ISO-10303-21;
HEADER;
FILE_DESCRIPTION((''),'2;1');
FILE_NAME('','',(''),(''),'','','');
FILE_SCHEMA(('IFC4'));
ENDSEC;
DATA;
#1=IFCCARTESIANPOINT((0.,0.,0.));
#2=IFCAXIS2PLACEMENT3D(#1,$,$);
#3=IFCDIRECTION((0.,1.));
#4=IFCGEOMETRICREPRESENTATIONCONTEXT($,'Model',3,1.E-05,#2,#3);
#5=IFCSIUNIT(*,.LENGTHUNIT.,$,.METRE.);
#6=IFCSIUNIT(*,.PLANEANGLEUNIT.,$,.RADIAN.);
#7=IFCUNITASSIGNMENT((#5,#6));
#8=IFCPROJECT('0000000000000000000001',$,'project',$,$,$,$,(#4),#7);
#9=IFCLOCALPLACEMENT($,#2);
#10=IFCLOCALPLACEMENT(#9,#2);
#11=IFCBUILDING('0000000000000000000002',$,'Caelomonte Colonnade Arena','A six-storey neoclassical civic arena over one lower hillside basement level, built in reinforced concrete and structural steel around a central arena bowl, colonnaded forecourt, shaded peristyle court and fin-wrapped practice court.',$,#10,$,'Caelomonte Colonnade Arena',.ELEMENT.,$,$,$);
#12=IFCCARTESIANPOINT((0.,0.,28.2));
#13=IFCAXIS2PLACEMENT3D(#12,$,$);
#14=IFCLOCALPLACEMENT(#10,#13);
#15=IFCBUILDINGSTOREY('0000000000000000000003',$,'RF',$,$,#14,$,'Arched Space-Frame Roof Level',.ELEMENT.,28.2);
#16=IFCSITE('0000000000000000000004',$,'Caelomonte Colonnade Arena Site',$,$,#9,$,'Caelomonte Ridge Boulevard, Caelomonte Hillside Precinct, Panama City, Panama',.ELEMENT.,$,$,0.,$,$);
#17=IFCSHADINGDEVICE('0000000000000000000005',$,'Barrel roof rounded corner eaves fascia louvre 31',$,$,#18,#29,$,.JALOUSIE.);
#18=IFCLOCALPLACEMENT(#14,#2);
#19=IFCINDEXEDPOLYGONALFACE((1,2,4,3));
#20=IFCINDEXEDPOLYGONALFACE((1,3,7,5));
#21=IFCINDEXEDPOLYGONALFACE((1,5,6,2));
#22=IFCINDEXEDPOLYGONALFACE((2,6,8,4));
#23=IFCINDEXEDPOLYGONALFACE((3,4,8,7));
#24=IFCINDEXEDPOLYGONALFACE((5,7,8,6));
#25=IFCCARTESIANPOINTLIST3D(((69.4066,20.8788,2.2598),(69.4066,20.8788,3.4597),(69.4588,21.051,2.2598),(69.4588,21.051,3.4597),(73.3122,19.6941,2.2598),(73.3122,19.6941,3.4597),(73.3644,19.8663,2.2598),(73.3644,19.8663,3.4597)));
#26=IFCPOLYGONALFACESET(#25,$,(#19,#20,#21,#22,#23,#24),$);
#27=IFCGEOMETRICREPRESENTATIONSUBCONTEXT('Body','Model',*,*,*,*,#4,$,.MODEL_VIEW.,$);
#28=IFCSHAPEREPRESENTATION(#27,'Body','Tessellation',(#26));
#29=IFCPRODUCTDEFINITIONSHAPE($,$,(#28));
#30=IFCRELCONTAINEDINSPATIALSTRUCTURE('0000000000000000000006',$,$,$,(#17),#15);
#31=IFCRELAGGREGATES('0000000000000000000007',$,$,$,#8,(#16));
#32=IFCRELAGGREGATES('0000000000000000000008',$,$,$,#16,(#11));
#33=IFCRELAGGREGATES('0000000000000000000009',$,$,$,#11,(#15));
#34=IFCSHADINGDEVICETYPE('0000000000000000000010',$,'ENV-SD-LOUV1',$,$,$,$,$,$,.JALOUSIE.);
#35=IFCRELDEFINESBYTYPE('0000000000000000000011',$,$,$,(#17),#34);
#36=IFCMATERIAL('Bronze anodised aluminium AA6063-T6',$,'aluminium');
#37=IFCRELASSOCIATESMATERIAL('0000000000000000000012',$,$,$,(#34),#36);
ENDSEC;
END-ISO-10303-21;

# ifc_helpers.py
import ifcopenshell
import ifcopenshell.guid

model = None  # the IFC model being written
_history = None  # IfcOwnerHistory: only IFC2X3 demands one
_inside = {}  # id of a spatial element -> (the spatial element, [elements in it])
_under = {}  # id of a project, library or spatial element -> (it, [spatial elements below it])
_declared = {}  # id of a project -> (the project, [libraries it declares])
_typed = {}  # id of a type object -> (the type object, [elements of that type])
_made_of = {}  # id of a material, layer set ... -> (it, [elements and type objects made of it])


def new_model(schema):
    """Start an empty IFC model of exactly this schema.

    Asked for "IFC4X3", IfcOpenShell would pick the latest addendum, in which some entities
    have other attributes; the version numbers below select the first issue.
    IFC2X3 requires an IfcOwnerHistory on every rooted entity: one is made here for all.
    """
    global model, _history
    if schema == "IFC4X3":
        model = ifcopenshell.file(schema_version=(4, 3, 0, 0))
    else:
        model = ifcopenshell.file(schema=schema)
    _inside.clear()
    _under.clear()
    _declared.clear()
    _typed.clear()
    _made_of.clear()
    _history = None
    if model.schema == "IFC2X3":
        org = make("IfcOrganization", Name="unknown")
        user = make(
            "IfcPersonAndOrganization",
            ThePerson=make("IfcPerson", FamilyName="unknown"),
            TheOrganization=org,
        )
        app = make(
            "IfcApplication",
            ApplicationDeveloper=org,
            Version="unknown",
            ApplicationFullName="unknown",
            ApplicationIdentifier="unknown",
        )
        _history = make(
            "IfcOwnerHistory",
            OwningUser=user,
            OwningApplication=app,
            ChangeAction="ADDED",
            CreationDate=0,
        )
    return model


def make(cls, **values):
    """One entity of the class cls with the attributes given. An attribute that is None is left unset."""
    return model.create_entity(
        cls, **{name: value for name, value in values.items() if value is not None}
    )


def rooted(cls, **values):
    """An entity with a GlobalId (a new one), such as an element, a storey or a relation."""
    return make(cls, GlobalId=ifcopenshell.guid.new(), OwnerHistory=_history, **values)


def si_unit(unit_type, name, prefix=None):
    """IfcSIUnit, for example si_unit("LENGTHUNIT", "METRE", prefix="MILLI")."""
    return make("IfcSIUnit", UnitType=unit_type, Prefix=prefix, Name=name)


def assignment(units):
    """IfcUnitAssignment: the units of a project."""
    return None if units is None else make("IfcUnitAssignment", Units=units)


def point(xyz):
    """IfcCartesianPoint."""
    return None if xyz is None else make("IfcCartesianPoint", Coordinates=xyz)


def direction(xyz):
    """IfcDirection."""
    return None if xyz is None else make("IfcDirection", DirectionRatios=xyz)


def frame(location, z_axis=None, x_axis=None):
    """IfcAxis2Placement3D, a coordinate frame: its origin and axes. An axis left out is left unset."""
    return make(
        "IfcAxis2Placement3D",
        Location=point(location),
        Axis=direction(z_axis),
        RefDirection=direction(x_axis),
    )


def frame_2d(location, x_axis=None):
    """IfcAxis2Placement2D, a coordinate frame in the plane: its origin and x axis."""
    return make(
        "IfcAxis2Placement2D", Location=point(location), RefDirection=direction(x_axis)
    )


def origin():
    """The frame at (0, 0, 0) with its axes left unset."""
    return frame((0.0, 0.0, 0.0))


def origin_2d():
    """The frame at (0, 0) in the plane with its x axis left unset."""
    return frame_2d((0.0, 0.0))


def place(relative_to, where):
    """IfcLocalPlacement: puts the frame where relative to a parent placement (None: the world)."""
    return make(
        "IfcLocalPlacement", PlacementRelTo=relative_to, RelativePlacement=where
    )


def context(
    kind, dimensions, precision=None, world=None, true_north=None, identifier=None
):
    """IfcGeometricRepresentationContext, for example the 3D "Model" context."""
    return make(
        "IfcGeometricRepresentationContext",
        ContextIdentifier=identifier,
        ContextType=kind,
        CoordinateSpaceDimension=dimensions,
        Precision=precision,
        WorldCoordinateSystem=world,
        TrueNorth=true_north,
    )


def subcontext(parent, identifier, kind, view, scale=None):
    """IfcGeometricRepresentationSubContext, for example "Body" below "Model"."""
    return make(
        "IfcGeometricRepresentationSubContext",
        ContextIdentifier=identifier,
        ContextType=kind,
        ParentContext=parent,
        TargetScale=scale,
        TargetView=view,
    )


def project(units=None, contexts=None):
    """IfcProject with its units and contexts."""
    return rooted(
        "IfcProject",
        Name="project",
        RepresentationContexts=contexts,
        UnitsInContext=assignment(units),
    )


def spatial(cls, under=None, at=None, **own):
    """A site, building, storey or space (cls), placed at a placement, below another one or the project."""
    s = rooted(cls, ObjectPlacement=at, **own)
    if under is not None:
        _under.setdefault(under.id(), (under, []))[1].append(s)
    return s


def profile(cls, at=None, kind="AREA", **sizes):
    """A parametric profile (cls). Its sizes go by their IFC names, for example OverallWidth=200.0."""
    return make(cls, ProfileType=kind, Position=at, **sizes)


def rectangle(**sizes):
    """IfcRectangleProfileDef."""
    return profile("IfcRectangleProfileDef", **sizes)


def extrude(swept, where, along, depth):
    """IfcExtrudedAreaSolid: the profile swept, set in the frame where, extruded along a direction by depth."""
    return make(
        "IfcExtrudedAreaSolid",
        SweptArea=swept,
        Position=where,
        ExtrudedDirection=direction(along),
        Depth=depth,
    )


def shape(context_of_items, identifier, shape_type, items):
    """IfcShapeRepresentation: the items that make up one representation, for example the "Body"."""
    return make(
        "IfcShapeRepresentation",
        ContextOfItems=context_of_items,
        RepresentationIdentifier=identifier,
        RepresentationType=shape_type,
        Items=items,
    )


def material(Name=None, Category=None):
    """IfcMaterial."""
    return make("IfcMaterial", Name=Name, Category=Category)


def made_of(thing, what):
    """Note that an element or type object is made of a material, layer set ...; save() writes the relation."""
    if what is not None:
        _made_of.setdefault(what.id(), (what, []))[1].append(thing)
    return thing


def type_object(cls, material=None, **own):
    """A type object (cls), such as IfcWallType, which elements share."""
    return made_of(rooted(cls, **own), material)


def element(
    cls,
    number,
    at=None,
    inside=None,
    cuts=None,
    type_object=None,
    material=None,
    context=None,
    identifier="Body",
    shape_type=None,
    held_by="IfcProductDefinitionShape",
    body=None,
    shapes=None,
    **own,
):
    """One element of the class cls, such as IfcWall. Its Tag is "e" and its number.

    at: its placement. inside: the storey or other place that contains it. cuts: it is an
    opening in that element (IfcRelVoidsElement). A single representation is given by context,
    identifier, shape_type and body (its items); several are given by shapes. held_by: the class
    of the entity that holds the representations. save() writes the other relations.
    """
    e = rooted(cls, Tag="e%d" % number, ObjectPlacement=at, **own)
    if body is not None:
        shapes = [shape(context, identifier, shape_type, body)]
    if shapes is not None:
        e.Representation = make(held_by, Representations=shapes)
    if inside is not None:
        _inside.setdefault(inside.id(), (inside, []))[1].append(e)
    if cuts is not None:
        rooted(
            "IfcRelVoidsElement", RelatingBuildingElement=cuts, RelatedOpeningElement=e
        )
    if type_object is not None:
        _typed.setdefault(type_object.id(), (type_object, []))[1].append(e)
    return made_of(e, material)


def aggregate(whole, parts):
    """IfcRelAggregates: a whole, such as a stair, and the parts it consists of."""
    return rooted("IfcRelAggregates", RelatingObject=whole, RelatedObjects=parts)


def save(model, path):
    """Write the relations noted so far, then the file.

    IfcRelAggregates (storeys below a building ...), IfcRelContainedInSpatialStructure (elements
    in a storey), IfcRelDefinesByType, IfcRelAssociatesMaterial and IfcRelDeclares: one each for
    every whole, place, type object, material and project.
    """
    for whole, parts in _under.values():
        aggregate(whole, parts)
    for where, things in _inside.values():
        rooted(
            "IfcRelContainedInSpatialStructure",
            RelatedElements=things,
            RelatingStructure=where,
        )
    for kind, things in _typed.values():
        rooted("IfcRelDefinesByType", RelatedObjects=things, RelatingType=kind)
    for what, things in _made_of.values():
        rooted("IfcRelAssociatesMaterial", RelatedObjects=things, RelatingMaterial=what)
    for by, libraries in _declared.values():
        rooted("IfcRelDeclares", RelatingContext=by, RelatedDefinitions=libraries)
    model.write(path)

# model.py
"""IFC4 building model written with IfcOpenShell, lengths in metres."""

from ifc_helpers import new_model, si_unit, direction, frame, origin, origin_2d, place, context, subcontext, project, spatial, rectangle, extrude, material, type_object, element, save


model = new_model("IFC4")

# Units and contexts
model_context = context("Model", 3, precision=1e-05, world=origin(), true_north=direction((0.0, 1.0)))
body_context = subcontext(model_context, "Body", "Model", "MODEL_VIEW")
ifc_project = project(units=[si_unit("LENGTHUNIT", "METRE"), si_unit("PLANEANGLEUNIT", "RADIAN")], contexts=[model_context])

# Site, building, storey
site_placement = place(None, origin())
site = spatial("IfcSite", under=ifc_project, at=site_placement, Name="Caelomonte Colonnade Arena Site", LongName="Caelomonte Ridge Boulevard, Caelomonte Hillside Precinct, Panama City, Panama", CompositionType="ELEMENT", RefElevation=0.0)
building_placement = place(site_placement, origin())
building = spatial("IfcBuilding", under=site, at=building_placement, Name="Caelomonte Colonnade Arena", Description="A six-storey neoclassical civic arena over one lower hillside basement level, built in reinforced concrete and structural steel around a central arena bowl, colonnaded forecourt, shaded peristyle court and fin-wrapped practice court.", LongName="Caelomonte Colonnade Arena", CompositionType="ELEMENT")
storey_placement = place(building_placement, frame((0.0, 0.0, 28.2)))
storey = spatial("IfcBuildingStorey", under=building, at=storey_placement, Name="RF", LongName="Arched Space-Frame Roof Level", CompositionType="ELEMENT", Elevation=28.2)

# Shared definitions
ifc_material_1 = material(Name="Bronze anodised aluminium AA6063-T6", Category="aluminium")

# Shading device
shading_device_type = type_object("IfcShadingDeviceType", Name="ENV-SD-LOUV1", PredefinedType="JALOUSIE", material=ifc_material_1)
shading_device_1_placement = place(storey_placement, frame((71.3855, 20.3726, 2.2598), z_axis=(0.0, 0.0, 1.0), x_axis=(0.956946, -0.290266, 0.0)))
element("IfcShadingDevice", 1, at=shading_device_1_placement, inside=storey, type_object=shading_device_type, Name="Barrel roof rounded corner eaves fascia louvre 31", PredefinedType="JALOUSIE", context=body_context, shape_type="SweptSolid", body=[
    extrude(rectangle(XDim=4.0813, YDim=0.1799, at=origin_2d()), origin(), (0.0, 0.0, 1.0), 1.2),
])

save(model, "model.ifc")
